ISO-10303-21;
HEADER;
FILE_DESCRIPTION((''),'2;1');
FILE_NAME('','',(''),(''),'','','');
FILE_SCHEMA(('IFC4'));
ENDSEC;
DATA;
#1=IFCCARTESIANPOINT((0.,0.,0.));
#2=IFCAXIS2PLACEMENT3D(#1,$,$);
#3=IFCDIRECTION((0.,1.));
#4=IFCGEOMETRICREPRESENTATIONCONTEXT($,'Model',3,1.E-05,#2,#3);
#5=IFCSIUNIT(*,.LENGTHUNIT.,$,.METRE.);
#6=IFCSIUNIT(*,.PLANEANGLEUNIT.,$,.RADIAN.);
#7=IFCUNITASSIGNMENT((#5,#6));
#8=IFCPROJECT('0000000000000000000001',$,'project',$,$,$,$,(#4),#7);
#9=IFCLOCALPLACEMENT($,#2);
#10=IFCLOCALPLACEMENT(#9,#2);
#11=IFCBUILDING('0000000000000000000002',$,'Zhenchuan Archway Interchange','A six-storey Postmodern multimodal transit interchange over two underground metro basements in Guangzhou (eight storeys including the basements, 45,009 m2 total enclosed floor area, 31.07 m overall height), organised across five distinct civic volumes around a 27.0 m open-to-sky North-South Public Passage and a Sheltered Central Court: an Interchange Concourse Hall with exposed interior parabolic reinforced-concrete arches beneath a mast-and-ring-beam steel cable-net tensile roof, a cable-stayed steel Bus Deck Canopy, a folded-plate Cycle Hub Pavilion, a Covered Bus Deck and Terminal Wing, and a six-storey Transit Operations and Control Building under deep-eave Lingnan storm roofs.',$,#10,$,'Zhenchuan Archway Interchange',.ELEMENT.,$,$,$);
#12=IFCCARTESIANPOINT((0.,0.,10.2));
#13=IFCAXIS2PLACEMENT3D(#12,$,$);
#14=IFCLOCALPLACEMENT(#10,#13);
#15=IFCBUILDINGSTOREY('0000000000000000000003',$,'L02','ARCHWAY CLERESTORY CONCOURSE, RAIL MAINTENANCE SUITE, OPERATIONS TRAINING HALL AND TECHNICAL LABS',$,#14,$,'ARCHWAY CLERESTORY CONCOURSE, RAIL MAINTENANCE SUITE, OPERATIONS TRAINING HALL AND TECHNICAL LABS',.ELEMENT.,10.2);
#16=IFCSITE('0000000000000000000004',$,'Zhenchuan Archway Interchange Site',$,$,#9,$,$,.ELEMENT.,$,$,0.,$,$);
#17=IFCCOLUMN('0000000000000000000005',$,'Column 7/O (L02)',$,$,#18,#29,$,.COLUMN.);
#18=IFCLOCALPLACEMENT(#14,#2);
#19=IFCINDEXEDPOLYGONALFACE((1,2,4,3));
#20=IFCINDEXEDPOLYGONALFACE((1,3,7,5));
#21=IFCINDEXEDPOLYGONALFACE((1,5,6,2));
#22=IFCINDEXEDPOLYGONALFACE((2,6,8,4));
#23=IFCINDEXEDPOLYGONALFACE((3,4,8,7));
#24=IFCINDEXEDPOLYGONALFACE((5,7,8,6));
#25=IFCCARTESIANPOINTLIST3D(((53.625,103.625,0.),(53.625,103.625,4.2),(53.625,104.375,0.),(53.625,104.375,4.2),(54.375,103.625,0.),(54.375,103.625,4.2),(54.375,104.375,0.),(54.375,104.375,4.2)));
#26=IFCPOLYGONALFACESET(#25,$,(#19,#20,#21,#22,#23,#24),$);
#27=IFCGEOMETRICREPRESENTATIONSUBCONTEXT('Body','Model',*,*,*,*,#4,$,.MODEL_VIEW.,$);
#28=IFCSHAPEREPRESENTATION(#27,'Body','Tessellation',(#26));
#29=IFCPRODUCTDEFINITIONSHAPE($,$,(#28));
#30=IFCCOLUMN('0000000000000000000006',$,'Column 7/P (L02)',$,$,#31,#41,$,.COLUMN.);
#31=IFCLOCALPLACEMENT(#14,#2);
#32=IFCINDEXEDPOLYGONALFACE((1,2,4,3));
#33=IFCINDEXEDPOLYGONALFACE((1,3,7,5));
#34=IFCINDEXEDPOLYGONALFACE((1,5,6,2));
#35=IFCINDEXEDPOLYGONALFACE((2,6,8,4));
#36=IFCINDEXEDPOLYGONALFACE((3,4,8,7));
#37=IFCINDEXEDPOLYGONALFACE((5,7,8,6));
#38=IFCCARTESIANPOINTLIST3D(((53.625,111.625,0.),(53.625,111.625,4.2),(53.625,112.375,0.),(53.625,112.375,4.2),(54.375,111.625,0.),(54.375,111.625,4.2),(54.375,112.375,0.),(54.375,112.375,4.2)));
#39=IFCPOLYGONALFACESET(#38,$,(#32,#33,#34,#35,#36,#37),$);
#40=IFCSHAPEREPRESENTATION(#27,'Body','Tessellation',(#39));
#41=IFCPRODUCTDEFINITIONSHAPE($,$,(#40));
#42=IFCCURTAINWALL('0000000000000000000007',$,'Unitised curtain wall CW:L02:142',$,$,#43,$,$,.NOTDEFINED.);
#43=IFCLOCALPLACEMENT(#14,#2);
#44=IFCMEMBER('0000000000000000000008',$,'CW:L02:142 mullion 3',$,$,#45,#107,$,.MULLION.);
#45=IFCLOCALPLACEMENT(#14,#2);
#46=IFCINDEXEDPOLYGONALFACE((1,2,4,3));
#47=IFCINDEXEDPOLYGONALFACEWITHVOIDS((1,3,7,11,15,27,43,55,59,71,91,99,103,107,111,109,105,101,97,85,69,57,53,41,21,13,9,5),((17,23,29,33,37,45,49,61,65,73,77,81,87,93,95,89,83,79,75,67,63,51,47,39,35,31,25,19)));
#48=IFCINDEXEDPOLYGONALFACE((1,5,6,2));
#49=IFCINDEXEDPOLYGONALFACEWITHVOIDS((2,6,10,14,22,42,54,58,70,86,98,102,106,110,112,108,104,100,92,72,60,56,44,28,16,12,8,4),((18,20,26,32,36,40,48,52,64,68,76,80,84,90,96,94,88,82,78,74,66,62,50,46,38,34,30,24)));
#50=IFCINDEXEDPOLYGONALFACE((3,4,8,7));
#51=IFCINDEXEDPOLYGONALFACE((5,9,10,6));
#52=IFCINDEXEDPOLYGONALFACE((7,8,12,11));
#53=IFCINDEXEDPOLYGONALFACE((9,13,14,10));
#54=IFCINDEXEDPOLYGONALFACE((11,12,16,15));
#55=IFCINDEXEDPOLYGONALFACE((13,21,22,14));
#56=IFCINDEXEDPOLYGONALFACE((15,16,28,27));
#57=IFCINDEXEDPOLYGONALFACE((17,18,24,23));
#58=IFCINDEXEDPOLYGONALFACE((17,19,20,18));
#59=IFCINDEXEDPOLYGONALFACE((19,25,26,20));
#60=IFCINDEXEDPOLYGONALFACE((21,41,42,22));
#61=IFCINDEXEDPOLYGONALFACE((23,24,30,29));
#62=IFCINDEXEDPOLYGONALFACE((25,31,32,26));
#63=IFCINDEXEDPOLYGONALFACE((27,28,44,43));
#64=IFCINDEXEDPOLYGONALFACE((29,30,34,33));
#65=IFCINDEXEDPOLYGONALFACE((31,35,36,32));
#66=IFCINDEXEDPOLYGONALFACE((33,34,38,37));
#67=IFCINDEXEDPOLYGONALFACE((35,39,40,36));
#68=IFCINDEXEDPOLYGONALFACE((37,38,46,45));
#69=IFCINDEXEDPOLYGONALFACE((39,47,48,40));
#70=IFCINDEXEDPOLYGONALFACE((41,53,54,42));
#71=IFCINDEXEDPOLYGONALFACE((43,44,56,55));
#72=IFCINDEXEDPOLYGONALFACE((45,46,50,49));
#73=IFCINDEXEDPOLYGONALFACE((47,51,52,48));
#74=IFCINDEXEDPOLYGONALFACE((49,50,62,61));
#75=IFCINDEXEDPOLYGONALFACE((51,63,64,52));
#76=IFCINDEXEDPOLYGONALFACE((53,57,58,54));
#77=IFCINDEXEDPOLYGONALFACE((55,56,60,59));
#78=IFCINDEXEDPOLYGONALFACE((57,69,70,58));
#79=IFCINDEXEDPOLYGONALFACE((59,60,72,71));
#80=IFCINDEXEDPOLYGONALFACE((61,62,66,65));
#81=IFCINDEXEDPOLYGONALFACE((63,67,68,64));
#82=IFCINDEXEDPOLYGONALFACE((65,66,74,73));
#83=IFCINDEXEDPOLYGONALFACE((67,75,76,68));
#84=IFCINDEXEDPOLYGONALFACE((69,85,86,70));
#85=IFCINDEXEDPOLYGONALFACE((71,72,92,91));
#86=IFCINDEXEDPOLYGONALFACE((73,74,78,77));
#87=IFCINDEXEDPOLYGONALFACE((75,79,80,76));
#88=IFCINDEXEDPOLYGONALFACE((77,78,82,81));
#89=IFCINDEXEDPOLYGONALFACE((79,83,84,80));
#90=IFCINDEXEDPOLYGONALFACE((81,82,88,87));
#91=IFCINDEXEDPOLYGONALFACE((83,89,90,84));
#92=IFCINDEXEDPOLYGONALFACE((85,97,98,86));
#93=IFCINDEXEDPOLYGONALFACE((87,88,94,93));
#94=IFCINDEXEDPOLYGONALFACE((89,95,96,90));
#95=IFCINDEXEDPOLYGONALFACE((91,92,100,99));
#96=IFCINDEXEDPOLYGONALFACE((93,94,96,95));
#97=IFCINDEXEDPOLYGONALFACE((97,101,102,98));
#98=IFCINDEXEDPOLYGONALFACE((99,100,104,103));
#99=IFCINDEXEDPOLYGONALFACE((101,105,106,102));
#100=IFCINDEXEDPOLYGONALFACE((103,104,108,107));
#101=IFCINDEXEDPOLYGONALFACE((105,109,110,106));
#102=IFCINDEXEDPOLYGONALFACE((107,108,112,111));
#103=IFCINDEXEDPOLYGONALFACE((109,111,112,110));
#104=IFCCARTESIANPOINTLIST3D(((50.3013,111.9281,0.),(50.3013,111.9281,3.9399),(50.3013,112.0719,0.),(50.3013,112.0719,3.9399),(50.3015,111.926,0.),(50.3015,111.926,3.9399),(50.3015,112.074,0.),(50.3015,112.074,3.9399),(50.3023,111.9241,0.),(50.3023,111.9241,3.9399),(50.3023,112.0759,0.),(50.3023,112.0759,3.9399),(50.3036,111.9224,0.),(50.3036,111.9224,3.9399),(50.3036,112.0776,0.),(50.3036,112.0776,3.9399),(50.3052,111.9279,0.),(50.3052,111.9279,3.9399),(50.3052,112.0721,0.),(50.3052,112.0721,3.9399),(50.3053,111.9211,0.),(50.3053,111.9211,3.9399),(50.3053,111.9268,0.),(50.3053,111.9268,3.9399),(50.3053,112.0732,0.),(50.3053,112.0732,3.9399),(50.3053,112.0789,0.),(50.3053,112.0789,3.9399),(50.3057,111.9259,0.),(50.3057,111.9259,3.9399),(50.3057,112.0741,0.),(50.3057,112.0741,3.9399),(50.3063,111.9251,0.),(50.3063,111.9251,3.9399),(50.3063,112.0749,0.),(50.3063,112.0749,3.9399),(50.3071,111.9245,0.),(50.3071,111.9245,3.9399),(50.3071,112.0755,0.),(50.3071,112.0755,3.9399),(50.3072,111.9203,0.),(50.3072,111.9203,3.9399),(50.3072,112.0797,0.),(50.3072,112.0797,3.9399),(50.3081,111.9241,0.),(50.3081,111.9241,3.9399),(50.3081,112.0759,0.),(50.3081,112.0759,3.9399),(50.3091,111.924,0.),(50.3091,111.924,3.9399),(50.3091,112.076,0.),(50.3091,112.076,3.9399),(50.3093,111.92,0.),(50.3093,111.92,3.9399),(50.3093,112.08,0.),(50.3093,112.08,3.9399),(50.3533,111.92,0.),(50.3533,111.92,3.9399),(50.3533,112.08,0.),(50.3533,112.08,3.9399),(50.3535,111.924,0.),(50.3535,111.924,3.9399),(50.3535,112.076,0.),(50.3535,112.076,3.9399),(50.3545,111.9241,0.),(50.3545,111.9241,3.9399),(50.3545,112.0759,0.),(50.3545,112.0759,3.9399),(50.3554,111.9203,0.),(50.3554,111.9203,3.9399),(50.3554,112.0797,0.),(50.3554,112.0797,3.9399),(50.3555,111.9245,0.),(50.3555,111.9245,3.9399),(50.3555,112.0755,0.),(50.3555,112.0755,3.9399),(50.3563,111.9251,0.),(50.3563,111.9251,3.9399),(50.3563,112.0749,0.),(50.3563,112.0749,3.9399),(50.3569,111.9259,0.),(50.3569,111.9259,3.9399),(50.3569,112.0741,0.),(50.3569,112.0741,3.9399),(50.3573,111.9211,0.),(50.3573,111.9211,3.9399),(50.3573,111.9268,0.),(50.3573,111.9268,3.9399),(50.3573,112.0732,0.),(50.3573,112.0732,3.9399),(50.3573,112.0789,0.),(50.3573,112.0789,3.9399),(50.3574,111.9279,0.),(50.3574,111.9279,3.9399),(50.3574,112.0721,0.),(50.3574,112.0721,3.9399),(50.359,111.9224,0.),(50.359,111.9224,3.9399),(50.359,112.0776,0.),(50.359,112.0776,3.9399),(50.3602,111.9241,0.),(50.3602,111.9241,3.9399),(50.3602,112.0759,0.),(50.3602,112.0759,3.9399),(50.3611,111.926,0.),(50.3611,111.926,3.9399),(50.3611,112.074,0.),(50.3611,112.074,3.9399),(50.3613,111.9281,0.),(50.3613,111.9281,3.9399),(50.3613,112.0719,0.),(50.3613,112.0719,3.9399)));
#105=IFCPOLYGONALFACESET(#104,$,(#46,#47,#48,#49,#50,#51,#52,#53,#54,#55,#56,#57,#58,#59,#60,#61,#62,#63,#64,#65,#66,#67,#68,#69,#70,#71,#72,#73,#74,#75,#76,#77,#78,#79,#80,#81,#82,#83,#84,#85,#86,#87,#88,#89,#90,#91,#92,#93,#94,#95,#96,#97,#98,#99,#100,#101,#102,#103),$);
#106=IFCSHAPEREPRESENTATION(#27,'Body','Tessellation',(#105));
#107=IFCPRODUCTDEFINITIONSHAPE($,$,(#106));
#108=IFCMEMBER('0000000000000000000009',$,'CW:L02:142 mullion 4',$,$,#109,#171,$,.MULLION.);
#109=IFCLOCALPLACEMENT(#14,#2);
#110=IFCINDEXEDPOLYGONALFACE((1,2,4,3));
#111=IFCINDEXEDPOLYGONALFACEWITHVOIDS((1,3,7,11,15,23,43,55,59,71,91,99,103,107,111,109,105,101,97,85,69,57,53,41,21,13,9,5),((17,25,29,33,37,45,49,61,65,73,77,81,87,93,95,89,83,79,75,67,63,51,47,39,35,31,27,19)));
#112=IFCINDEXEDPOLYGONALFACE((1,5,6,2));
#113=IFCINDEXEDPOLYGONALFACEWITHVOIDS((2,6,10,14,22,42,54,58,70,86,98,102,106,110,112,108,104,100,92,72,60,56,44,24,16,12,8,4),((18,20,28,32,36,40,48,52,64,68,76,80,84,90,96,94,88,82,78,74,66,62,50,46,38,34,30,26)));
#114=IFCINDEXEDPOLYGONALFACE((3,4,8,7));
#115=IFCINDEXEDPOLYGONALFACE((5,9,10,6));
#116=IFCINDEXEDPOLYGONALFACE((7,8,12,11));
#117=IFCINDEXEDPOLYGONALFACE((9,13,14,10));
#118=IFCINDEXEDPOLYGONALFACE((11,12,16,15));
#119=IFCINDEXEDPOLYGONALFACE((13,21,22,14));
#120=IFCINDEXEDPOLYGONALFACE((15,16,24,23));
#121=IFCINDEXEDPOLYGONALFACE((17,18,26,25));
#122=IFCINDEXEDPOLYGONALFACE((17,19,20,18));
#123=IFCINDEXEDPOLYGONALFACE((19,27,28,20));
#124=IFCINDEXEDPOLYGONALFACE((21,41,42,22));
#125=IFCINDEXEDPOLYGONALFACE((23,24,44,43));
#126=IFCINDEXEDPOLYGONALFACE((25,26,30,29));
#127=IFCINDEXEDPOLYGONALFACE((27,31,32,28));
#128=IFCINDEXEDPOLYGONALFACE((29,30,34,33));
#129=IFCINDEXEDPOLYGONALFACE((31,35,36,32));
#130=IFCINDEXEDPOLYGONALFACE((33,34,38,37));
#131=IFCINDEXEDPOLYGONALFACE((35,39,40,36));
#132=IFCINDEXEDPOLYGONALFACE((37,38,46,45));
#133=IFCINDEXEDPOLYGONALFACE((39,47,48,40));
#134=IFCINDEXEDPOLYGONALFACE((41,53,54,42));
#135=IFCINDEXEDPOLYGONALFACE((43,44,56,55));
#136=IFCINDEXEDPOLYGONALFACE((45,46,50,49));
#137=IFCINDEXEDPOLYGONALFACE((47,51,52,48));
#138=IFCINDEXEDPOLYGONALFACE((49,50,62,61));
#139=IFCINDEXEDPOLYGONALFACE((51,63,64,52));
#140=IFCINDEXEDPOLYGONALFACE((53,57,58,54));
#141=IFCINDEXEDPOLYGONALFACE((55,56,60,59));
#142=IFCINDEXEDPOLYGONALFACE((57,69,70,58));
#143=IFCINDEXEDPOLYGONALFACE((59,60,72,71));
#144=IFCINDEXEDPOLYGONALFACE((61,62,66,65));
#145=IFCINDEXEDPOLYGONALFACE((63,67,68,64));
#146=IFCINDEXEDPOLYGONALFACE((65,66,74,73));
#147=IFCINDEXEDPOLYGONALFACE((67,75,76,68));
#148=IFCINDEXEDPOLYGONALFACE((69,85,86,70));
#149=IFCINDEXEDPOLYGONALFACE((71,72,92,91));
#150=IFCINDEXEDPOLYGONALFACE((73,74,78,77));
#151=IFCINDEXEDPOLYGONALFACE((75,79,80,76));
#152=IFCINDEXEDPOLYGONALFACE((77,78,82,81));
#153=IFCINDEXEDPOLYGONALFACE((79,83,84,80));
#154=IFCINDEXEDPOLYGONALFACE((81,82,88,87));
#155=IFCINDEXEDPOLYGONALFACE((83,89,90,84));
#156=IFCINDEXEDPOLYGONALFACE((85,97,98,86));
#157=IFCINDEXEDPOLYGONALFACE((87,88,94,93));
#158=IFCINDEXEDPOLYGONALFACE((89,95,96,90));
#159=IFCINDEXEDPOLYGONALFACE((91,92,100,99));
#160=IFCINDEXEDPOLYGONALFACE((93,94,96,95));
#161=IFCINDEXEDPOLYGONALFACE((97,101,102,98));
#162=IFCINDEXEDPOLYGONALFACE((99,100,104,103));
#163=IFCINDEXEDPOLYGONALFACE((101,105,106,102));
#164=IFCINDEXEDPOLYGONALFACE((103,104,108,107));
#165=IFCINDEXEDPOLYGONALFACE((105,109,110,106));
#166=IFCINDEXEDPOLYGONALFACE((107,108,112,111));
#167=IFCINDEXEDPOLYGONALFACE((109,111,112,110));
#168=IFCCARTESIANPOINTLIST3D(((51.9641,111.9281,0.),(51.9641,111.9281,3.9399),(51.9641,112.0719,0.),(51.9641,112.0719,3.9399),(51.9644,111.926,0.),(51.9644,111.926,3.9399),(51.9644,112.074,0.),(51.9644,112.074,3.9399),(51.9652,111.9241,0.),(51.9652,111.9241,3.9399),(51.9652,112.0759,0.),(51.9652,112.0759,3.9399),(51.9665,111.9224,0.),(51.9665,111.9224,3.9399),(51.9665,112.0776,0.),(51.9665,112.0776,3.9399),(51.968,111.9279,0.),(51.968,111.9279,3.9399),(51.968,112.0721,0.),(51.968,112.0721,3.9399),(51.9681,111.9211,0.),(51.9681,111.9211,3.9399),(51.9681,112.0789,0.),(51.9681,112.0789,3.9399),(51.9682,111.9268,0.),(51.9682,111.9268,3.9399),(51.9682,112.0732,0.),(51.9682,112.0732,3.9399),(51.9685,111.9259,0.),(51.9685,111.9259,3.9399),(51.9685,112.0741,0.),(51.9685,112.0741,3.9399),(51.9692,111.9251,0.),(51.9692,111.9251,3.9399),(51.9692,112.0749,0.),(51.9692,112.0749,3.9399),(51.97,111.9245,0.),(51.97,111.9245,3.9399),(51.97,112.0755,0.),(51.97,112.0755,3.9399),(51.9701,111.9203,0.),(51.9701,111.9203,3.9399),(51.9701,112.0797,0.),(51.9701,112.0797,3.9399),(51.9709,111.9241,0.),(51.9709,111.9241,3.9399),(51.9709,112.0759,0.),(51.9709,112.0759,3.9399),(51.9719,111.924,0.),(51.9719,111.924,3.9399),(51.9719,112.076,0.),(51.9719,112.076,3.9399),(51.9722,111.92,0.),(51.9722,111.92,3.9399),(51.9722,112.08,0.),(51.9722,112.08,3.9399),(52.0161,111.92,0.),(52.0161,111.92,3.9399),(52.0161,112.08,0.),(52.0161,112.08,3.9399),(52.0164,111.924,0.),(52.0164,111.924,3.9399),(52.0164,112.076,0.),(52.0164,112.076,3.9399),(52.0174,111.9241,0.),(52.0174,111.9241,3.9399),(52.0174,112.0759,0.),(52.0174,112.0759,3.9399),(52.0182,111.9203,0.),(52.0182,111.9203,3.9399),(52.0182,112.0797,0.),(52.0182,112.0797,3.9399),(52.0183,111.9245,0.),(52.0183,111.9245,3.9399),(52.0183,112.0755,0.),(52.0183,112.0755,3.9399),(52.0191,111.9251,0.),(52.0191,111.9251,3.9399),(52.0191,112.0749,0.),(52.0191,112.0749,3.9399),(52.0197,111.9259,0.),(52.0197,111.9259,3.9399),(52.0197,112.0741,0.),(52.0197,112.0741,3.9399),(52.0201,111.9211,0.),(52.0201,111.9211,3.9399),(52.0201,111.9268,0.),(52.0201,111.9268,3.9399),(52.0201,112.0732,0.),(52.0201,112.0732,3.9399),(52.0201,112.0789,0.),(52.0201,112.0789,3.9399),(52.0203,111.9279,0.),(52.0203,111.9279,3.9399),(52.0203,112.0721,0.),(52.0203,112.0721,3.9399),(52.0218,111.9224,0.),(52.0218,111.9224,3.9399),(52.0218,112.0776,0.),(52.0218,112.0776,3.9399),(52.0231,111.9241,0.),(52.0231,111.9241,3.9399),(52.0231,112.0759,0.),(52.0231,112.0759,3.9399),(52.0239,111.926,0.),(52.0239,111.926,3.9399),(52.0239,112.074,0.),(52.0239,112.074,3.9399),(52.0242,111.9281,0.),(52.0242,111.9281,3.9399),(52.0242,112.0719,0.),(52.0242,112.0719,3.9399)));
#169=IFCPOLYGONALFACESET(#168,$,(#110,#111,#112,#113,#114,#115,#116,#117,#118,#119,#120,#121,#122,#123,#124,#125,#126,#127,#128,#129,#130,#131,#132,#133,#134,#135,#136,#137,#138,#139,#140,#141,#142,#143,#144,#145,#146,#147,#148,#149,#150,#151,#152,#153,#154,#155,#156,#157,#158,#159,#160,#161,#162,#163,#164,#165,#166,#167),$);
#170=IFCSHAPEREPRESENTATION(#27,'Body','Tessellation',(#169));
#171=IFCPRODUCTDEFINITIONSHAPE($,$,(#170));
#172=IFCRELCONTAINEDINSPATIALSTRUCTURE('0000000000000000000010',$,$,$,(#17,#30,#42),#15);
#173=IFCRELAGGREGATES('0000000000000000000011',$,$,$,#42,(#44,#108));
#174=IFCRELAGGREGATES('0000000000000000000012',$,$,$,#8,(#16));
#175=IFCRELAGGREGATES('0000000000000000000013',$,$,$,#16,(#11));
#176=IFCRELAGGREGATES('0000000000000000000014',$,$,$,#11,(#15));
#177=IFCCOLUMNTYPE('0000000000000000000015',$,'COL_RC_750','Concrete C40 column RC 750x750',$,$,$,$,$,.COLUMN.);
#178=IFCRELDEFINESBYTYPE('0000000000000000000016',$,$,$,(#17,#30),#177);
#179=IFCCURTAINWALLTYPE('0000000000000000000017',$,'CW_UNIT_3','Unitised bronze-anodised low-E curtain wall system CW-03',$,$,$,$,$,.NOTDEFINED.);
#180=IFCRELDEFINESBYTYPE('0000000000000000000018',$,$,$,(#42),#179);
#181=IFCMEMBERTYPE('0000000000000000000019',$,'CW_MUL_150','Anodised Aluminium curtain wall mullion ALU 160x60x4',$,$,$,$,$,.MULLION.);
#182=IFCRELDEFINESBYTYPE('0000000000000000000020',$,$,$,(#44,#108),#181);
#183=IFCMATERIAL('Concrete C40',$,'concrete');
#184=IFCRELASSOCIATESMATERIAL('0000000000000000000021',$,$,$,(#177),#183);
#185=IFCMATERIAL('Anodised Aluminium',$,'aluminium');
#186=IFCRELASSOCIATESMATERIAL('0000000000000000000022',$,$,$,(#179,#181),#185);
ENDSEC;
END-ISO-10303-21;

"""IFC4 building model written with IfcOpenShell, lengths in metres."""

from ifc_helpers import new_model, si_unit, direction, frame, origin, origin_2d, place, context, subcontext, project, spatial, rectangle, hollow_rectangle, extrude, material, material_profile, profile_set, type_object, element, aggregate, save


model = new_model("IFC4")

# Units and contexts
model_context = context("Model", 3, precision=1e-05, world=origin(), true_north=direction((0.0, 1.0)))
body_context = subcontext(model_context, "Body", "Model", "MODEL_VIEW")
ifc_project = project(units=[si_unit("LENGTHUNIT", "METRE"), si_unit("PLANEANGLEUNIT", "RADIAN")], contexts=[model_context])

# Site, building, storey
site_placement = place(None, origin())
site = spatial("IfcSite", under=ifc_project, at=site_placement, Name="Zhenchuan Archway Interchange Site", CompositionType="ELEMENT", RefElevation=0.0)
building_placement = place(site_placement, origin())
building = spatial("IfcBuilding", under=site, at=building_placement, Name="Zhenchuan Archway Interchange", Description="A six-storey Postmodern multimodal transit interchange over two underground metro basements in Guangzhou (eight storeys including the basements, 45,009 m2 total enclosed floor area, 31.07 m overall height), organised across five distinct civic volumes around a 27.0 m open-to-sky North-South Public Passage and a Sheltered Central Court: an Interchange Concourse Hall with exposed interior parabolic reinforced-concrete arches beneath a mast-and-ring-beam steel cable-net tensile roof, a cable-stayed steel Bus Deck Canopy, a folded-plate Cycle Hub Pavilion, a Covered Bus Deck and Terminal Wing, and a six-storey Transit Operations and Control Building under deep-eave Lingnan storm roofs.", LongName="Zhenchuan Archway Interchange", CompositionType="ELEMENT")
storey_placement = place(building_placement, frame((0.0, 0.0, 10.2)))
storey = spatial("IfcBuildingStorey", under=building, at=storey_placement, Name="L02", Description="ARCHWAY CLERESTORY CONCOURSE, RAIL MAINTENANCE SUITE, OPERATIONS TRAINING HALL AND TECHNICAL LABS", LongName="ARCHWAY CLERESTORY CONCOURSE, RAIL MAINTENANCE SUITE, OPERATIONS TRAINING HALL AND TECHNICAL LABS", CompositionType="ELEMENT", Elevation=10.2)

# Columns
ifc_material_1 = material(Name="Concrete C40", Category="concrete")
ifc_material_profile_1 = material_profile(ifc_material_1, rectangle(XDim=0.75, YDim=0.75, at=origin_2d()), Name="RC 750x750")
ifc_profile_set_1 = profile_set([ifc_material_profile_1], Name="Concrete C40")
column_type = type_object("IfcColumnType", Name="COL_RC_750", Description="Concrete C40 column RC 750x750", PredefinedType="COLUMN", material=ifc_profile_set_1)
for number, where, z_axis, x_axis, name in (
    (1, (54.0, 104.0, 0.0), (0.0, 0.0, 1.0), (1.0, 0.0, 0.0), "Column 7/O (L02)"),
    (2, (54.0, 112.0, 0.0), (0.0, 0.0, 1.0), (1.0, 0.0, 0.0), "Column 7/P (L02)"),
):
    element("IfcColumn", number, at=place(storey_placement, frame(where, z_axis=z_axis, x_axis=x_axis)), inside=storey, type_object=column_type, Name=name, PredefinedType="COLUMN", context=body_context, shape_type="SweptSolid", body=[
        extrude(rectangle(XDim=0.75, YDim=0.75, at=origin_2d()), origin(), (0.0, 0.0, 1.0), 4.2),
    ])

# Curtain wall, members
ifc_material_2 = material(Name="Anodised Aluminium", Category="aluminium")
curtain_wall_type = type_object("IfcCurtainWallType", Name="CW_UNIT_3", Description="Unitised bronze-anodised low-E curtain wall system CW-03", PredefinedType="NOTDEFINED", material=ifc_material_2)
curtain_wall_placement = place(storey_placement, origin())
curtain_wall = element("IfcCurtainWall", 3, at=curtain_wall_placement, inside=storey, type_object=curtain_wall_type, Name="Unitised curtain wall CW:L02:142", PredefinedType="NOTDEFINED")
ifc_material_profile_2 = material_profile(ifc_material_2, hollow_rectangle(XDim=0.0601, YDim=0.1599, WallThickness=0.0039, InnerFilletRadius=0.0039, OuterFilletRadius=0.0081, at=origin_2d()), Name="ALU 160x60x4")
ifc_profile_set_2 = profile_set([ifc_material_profile_2], Name="Anodised Aluminium")
member_type_1 = type_object("IfcMemberType", Name="CW_MUL_150", Description="Anodised Aluminium curtain wall mullion ALU 160x60x4", PredefinedType="MULLION", material=ifc_profile_set_2)
member_1_placement = place(storey_placement, frame((50.3313, 112.0, 0.0), z_axis=(0.0, 0.0, 1.0), x_axis=(1.0, 0.0, 0.0)))
member_1 = element("IfcMember", 4, at=member_1_placement, type_object=member_type_1, Name="CW:L02:142 mullion 3", PredefinedType="MULLION", context=body_context, shape_type="SweptSolid", body=[
    extrude(hollow_rectangle(XDim=0.0601, YDim=0.1599, WallThickness=0.0039, InnerFilletRadius=0.0039, OuterFilletRadius=0.0081, at=origin_2d()), origin(), (0.0, 0.0, 1.0), 3.9399),
])
member_2_placement = place(storey_placement, frame((51.9941, 112.0, 0.0), z_axis=(0.0, 0.0, 1.0), x_axis=(1.0, 0.0, 0.0)))
member_2 = element("IfcMember", 5, at=member_2_placement, type_object=member_type_1, Name="CW:L02:142 mullion 4", PredefinedType="MULLION", context=body_context, shape_type="SweptSolid", body=[
    extrude(hollow_rectangle(XDim=0.0601, YDim=0.1599, WallThickness=0.0039, InnerFilletRadius=0.0039, OuterFilletRadius=0.0081, at=origin_2d()), origin(), (0.0, 0.0, 1.0), 3.9399),
])

aggregate(curtain_wall, [member_1, member_2])

save(model, "model.ifc")
